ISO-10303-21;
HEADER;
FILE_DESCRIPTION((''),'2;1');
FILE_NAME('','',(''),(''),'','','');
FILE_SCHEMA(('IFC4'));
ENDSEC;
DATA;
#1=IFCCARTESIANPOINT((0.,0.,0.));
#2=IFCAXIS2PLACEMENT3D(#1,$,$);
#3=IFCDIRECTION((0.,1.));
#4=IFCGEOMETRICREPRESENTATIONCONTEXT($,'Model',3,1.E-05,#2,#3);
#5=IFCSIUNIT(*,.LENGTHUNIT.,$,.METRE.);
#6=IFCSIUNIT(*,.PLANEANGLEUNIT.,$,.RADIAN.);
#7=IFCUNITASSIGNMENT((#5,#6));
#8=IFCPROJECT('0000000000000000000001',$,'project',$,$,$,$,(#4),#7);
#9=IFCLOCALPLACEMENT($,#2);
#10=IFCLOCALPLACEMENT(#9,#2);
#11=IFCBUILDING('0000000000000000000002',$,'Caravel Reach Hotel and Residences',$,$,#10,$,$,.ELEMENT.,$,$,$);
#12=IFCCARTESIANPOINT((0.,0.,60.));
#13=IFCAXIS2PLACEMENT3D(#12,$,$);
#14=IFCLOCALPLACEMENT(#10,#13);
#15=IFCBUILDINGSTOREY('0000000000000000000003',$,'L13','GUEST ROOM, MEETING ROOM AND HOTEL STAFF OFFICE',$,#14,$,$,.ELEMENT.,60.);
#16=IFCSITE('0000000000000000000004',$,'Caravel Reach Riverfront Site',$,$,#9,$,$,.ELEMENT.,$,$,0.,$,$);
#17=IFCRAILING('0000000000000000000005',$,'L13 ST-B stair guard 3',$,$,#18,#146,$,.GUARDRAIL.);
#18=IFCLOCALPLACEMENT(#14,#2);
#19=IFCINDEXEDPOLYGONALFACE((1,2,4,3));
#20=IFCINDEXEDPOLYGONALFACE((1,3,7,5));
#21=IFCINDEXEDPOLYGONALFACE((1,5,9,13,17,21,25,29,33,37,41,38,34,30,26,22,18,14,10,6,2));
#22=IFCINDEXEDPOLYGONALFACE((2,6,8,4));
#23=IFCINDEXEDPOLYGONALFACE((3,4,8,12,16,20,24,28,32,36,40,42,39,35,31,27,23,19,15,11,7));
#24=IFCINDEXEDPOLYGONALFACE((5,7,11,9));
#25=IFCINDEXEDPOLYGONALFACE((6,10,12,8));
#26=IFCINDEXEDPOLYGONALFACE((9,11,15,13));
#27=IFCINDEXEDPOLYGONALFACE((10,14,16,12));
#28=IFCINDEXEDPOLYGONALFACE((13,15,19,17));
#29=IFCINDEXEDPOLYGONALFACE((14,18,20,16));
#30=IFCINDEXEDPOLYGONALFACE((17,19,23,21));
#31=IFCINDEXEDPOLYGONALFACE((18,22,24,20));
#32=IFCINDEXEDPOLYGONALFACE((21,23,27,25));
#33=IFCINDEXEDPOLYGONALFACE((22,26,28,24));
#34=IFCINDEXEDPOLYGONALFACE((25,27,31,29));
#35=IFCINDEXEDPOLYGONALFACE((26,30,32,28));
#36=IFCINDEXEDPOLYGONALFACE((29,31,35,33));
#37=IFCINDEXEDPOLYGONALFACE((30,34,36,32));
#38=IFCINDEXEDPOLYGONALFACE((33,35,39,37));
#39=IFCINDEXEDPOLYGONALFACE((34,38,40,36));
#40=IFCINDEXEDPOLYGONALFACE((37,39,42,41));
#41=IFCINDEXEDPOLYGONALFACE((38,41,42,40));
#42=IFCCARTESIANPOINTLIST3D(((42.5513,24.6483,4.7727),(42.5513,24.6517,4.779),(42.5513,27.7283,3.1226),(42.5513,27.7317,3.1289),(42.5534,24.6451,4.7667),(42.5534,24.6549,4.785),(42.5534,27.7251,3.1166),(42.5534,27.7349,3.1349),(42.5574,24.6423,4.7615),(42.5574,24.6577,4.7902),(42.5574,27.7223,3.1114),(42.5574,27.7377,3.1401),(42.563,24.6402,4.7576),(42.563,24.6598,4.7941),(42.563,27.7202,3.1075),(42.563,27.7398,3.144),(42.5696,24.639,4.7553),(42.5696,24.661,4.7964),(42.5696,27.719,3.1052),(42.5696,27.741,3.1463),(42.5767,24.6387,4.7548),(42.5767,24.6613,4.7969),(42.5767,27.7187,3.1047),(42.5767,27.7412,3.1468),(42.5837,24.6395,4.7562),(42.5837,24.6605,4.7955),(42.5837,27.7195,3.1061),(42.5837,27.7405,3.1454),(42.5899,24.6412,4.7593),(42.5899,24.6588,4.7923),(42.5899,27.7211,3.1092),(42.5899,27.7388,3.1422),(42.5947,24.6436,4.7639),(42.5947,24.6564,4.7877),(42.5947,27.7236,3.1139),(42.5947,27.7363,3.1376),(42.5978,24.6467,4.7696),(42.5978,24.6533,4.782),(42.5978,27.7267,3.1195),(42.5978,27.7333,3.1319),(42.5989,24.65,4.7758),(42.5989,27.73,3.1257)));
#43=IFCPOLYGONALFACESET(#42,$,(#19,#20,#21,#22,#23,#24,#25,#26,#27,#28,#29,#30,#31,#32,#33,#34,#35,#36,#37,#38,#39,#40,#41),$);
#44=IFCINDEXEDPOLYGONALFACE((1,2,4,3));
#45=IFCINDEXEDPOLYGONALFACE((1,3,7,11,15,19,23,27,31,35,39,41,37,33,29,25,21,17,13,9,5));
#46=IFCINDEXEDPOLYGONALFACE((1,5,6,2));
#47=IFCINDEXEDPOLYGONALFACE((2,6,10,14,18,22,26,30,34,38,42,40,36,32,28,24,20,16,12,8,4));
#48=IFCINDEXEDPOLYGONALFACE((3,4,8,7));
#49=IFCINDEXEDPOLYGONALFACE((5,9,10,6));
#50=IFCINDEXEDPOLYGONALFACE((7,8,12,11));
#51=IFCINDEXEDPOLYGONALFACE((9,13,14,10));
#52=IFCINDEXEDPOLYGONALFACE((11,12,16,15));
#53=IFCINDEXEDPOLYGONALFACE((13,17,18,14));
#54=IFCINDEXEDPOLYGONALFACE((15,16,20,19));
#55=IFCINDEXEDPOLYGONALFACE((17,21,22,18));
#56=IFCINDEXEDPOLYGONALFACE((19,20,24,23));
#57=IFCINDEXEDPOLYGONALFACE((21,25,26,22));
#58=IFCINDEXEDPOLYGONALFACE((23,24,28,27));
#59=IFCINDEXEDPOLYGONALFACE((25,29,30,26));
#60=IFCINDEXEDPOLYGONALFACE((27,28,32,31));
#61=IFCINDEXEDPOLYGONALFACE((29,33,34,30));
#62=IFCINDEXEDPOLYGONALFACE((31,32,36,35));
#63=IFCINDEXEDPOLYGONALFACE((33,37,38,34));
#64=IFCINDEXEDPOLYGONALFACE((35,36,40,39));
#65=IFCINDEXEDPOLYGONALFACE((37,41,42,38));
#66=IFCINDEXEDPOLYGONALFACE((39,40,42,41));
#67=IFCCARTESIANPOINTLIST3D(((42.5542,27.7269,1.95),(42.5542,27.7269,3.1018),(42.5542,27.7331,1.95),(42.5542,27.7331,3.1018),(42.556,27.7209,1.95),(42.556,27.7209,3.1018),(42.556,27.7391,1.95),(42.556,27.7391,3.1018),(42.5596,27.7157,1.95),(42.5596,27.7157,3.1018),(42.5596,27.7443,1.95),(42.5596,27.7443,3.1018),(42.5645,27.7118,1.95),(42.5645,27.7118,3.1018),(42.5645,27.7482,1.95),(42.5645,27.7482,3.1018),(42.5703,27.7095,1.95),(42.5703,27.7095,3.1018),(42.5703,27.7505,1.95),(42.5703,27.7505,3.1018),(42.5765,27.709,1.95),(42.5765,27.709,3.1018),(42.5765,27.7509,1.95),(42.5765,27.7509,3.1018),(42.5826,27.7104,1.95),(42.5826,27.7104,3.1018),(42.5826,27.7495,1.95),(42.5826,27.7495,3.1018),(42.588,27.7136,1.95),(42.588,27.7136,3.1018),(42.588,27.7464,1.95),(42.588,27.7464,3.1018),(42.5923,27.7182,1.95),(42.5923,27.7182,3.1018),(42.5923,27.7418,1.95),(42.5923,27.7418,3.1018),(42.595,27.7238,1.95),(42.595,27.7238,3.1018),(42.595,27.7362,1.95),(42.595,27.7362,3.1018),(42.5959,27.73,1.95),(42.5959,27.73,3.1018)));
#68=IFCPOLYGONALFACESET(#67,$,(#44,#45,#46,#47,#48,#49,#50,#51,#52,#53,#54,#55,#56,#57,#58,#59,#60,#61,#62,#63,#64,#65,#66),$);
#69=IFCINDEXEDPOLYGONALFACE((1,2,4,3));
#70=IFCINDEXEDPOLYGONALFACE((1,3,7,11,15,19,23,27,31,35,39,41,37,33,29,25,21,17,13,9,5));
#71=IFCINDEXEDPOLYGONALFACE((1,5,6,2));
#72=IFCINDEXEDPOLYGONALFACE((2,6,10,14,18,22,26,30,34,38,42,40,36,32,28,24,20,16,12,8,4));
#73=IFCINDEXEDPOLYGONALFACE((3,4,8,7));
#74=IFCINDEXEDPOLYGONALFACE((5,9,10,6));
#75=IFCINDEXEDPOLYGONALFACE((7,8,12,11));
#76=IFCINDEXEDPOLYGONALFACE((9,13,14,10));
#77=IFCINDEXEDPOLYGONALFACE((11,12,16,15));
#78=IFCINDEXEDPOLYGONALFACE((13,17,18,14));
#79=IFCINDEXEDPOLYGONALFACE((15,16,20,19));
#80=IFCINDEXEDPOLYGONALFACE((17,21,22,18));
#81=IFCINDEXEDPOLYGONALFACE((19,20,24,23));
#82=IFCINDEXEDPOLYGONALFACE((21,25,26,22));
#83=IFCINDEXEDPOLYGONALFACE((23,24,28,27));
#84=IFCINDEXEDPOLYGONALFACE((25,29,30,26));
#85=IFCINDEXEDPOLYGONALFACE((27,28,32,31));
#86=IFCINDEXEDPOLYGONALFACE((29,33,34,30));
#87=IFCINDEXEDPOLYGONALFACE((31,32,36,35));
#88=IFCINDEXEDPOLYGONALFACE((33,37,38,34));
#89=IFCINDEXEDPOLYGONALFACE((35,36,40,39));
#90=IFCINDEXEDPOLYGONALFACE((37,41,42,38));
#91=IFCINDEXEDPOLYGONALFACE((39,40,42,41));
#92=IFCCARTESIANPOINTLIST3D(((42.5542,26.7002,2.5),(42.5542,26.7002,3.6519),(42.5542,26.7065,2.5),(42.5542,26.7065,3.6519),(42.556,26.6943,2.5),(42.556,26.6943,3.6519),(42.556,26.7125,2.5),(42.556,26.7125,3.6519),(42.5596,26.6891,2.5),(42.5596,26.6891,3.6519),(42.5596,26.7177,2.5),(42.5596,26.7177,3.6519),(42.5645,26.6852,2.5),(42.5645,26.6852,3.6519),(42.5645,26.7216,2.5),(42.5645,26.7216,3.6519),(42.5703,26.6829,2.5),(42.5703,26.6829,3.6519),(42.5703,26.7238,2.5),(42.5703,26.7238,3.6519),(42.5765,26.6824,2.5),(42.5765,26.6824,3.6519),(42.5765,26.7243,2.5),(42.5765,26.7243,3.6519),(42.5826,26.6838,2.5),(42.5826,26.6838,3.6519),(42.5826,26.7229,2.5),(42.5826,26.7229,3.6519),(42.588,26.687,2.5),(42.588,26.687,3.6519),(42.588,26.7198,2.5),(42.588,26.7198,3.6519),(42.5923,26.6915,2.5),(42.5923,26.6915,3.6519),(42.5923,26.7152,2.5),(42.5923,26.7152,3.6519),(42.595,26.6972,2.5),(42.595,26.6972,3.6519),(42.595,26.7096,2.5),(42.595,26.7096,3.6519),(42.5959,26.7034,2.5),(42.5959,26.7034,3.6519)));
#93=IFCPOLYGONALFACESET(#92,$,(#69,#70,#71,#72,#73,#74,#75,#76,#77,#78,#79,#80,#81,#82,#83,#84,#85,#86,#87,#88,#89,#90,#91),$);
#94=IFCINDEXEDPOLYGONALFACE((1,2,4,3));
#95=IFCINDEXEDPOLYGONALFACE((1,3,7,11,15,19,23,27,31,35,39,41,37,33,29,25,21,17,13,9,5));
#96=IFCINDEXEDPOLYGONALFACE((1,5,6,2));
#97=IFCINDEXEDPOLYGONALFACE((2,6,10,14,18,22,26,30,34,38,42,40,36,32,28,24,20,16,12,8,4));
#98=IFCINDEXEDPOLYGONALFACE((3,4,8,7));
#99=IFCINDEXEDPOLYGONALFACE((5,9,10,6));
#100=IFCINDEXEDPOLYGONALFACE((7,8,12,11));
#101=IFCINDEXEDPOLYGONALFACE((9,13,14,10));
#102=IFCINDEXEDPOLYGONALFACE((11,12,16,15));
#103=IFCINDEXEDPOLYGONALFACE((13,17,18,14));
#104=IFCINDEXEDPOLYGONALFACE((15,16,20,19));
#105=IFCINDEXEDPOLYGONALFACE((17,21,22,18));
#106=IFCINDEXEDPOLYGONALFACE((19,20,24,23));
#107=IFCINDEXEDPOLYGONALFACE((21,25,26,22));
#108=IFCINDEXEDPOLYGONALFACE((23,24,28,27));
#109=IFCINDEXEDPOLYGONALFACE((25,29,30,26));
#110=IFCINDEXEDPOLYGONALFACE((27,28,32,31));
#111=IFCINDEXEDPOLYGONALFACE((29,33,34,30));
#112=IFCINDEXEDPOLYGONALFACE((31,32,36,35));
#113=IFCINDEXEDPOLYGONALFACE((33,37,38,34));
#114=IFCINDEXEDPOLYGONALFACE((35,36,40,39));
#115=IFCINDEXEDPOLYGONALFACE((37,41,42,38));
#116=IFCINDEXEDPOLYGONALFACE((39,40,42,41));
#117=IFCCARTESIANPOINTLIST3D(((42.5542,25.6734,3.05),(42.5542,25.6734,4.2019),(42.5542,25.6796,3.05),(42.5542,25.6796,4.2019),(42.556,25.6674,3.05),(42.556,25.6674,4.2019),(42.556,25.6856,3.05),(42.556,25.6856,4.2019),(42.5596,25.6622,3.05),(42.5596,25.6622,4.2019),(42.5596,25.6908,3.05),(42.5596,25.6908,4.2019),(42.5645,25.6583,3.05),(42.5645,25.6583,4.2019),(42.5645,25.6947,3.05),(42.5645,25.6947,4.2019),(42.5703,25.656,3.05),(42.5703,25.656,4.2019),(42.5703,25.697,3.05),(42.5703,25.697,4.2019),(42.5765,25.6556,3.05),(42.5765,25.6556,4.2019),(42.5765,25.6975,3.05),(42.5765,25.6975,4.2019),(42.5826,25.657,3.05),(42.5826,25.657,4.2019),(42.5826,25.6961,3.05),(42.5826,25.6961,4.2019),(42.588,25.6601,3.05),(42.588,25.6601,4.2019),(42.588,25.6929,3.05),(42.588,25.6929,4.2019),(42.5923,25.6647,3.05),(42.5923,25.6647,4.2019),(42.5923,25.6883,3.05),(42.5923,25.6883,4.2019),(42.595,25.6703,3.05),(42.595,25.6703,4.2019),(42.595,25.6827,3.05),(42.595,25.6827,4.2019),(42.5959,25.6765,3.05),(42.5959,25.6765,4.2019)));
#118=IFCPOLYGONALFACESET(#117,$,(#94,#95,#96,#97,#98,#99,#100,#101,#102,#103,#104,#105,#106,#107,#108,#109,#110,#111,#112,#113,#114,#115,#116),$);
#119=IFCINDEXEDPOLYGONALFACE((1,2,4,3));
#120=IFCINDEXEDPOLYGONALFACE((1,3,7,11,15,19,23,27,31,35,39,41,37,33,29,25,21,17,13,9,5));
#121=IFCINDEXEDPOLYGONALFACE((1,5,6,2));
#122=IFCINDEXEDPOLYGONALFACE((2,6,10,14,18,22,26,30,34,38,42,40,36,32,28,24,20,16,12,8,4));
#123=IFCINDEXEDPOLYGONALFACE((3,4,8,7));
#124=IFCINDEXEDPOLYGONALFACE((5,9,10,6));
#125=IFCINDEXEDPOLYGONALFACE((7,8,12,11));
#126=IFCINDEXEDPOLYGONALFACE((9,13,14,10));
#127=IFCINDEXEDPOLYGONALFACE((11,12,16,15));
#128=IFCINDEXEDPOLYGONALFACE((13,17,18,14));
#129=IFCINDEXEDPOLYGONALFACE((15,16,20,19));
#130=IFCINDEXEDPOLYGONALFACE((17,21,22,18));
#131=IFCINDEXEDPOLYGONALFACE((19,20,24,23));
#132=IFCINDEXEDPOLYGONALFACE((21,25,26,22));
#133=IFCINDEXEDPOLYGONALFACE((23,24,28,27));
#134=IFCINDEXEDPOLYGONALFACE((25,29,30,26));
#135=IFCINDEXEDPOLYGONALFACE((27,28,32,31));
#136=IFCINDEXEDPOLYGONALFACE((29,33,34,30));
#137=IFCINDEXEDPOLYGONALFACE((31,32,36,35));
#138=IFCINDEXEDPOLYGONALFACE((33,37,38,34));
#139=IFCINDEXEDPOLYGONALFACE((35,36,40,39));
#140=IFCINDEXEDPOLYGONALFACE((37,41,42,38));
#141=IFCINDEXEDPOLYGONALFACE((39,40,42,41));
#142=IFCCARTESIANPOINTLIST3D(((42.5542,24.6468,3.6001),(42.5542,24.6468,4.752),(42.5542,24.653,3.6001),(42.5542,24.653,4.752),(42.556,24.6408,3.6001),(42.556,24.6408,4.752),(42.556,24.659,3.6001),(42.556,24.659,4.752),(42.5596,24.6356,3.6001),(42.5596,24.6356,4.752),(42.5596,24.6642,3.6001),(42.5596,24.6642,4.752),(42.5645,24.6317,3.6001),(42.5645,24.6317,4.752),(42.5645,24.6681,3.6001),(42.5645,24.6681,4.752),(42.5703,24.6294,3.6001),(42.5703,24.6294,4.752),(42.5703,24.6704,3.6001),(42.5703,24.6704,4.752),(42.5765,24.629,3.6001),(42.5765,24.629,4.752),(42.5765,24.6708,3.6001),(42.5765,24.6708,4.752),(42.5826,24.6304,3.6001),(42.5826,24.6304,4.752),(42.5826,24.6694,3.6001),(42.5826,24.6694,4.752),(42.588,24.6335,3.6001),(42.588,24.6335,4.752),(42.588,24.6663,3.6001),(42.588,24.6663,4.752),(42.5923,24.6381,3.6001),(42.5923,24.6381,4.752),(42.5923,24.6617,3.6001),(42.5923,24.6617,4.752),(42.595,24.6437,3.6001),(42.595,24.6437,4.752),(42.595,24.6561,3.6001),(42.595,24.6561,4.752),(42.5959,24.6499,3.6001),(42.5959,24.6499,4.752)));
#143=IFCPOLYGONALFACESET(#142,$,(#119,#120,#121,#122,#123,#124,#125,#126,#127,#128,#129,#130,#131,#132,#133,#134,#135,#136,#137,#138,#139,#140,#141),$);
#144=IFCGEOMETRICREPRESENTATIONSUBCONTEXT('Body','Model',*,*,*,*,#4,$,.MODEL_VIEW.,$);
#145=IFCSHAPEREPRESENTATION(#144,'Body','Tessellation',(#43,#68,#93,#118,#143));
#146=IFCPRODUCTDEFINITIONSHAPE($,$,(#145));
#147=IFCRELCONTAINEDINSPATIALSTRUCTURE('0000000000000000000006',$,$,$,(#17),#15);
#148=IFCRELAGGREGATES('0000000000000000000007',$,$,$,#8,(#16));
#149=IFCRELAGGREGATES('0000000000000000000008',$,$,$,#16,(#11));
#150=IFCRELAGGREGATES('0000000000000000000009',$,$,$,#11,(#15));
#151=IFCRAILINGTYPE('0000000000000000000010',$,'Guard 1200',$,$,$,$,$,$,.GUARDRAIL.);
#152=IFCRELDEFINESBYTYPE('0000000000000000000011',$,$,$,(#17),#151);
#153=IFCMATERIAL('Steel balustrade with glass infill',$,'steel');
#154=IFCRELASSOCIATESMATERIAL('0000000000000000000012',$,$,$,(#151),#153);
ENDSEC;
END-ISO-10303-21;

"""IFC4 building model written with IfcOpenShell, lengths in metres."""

from ifc_helpers import new_model, si_unit, direction, frame, origin, origin_2d, place, context, subcontext, project, spatial, circle, extrude, material, type_object, element, save


model = new_model("IFC4")

# Units and contexts
model_context = context("Model", 3, precision=1e-05, world=origin(), true_north=direction((0.0, 1.0)))
body_context = subcontext(model_context, "Body", "Model", "MODEL_VIEW")
ifc_project = project(units=[si_unit("LENGTHUNIT", "METRE"), si_unit("PLANEANGLEUNIT", "RADIAN")], contexts=[model_context])

# Site, building, storey
site_placement = place(None, origin())
site = spatial("IfcSite", under=ifc_project, at=site_placement, Name="Caravel Reach Riverfront Site", CompositionType="ELEMENT", RefElevation=0.0)
building_placement = place(site_placement, origin())
building = spatial("IfcBuilding", under=site, at=building_placement, Name="Caravel Reach Hotel and Residences", CompositionType="ELEMENT")
storey_placement = place(building_placement, frame((0.0, 0.0, 60.0)))
storey = spatial("IfcBuildingStorey", under=building, at=storey_placement, Name="L13", Description="GUEST ROOM, MEETING ROOM AND HOTEL STAFF OFFICE", CompositionType="ELEMENT", Elevation=60.0)

# Railing
ifc_material_1 = material(Name="Steel balustrade with glass infill", Category="steel")
railing_type_1 = type_object("IfcRailingType", Name="Guard 1200", PredefinedType="GUARDRAIL", material=ifc_material_1)
railing_1_placement = place(storey_placement, frame((42.575, 27.73, 1.95)))
element("IfcRailing", 1, at=railing_1_placement, inside=storey, type_object=railing_type_1, Name="L13 ST-B stair guard 3", PredefinedType="GUARDRAIL", context=body_context, shape_type="SweptSolid", body=[
    extrude(circle(Radius=0.0239, at=origin_2d()), frame((0.0, 0.0, 1.1758), z_axis=(0.0, -0.881468, 0.472245), x_axis=(1.0, 0.0, 0.0)), (0.0, 0.0, 1.0), 3.4941),
    extrude(circle(Radius=0.021, at=origin_2d()), origin(), (0.0, 0.0, 1.0), 1.1519),
    extrude(circle(Radius=0.021, at=origin_2d()), frame((0.0, -1.0266, 0.55)), (0.0, 0.0, 1.0), 1.1519),
    extrude(circle(Radius=0.021, at=origin_2d()), frame((0.0, -2.0535, 1.1001)), (0.0, 0.0, 1.0), 1.1519),
    extrude(circle(Radius=0.021, at=origin_2d()), frame((0.0, -3.0801, 1.6501)), (0.0, 0.0, 1.0), 1.1519),
])

save(model, "model.ifc")
